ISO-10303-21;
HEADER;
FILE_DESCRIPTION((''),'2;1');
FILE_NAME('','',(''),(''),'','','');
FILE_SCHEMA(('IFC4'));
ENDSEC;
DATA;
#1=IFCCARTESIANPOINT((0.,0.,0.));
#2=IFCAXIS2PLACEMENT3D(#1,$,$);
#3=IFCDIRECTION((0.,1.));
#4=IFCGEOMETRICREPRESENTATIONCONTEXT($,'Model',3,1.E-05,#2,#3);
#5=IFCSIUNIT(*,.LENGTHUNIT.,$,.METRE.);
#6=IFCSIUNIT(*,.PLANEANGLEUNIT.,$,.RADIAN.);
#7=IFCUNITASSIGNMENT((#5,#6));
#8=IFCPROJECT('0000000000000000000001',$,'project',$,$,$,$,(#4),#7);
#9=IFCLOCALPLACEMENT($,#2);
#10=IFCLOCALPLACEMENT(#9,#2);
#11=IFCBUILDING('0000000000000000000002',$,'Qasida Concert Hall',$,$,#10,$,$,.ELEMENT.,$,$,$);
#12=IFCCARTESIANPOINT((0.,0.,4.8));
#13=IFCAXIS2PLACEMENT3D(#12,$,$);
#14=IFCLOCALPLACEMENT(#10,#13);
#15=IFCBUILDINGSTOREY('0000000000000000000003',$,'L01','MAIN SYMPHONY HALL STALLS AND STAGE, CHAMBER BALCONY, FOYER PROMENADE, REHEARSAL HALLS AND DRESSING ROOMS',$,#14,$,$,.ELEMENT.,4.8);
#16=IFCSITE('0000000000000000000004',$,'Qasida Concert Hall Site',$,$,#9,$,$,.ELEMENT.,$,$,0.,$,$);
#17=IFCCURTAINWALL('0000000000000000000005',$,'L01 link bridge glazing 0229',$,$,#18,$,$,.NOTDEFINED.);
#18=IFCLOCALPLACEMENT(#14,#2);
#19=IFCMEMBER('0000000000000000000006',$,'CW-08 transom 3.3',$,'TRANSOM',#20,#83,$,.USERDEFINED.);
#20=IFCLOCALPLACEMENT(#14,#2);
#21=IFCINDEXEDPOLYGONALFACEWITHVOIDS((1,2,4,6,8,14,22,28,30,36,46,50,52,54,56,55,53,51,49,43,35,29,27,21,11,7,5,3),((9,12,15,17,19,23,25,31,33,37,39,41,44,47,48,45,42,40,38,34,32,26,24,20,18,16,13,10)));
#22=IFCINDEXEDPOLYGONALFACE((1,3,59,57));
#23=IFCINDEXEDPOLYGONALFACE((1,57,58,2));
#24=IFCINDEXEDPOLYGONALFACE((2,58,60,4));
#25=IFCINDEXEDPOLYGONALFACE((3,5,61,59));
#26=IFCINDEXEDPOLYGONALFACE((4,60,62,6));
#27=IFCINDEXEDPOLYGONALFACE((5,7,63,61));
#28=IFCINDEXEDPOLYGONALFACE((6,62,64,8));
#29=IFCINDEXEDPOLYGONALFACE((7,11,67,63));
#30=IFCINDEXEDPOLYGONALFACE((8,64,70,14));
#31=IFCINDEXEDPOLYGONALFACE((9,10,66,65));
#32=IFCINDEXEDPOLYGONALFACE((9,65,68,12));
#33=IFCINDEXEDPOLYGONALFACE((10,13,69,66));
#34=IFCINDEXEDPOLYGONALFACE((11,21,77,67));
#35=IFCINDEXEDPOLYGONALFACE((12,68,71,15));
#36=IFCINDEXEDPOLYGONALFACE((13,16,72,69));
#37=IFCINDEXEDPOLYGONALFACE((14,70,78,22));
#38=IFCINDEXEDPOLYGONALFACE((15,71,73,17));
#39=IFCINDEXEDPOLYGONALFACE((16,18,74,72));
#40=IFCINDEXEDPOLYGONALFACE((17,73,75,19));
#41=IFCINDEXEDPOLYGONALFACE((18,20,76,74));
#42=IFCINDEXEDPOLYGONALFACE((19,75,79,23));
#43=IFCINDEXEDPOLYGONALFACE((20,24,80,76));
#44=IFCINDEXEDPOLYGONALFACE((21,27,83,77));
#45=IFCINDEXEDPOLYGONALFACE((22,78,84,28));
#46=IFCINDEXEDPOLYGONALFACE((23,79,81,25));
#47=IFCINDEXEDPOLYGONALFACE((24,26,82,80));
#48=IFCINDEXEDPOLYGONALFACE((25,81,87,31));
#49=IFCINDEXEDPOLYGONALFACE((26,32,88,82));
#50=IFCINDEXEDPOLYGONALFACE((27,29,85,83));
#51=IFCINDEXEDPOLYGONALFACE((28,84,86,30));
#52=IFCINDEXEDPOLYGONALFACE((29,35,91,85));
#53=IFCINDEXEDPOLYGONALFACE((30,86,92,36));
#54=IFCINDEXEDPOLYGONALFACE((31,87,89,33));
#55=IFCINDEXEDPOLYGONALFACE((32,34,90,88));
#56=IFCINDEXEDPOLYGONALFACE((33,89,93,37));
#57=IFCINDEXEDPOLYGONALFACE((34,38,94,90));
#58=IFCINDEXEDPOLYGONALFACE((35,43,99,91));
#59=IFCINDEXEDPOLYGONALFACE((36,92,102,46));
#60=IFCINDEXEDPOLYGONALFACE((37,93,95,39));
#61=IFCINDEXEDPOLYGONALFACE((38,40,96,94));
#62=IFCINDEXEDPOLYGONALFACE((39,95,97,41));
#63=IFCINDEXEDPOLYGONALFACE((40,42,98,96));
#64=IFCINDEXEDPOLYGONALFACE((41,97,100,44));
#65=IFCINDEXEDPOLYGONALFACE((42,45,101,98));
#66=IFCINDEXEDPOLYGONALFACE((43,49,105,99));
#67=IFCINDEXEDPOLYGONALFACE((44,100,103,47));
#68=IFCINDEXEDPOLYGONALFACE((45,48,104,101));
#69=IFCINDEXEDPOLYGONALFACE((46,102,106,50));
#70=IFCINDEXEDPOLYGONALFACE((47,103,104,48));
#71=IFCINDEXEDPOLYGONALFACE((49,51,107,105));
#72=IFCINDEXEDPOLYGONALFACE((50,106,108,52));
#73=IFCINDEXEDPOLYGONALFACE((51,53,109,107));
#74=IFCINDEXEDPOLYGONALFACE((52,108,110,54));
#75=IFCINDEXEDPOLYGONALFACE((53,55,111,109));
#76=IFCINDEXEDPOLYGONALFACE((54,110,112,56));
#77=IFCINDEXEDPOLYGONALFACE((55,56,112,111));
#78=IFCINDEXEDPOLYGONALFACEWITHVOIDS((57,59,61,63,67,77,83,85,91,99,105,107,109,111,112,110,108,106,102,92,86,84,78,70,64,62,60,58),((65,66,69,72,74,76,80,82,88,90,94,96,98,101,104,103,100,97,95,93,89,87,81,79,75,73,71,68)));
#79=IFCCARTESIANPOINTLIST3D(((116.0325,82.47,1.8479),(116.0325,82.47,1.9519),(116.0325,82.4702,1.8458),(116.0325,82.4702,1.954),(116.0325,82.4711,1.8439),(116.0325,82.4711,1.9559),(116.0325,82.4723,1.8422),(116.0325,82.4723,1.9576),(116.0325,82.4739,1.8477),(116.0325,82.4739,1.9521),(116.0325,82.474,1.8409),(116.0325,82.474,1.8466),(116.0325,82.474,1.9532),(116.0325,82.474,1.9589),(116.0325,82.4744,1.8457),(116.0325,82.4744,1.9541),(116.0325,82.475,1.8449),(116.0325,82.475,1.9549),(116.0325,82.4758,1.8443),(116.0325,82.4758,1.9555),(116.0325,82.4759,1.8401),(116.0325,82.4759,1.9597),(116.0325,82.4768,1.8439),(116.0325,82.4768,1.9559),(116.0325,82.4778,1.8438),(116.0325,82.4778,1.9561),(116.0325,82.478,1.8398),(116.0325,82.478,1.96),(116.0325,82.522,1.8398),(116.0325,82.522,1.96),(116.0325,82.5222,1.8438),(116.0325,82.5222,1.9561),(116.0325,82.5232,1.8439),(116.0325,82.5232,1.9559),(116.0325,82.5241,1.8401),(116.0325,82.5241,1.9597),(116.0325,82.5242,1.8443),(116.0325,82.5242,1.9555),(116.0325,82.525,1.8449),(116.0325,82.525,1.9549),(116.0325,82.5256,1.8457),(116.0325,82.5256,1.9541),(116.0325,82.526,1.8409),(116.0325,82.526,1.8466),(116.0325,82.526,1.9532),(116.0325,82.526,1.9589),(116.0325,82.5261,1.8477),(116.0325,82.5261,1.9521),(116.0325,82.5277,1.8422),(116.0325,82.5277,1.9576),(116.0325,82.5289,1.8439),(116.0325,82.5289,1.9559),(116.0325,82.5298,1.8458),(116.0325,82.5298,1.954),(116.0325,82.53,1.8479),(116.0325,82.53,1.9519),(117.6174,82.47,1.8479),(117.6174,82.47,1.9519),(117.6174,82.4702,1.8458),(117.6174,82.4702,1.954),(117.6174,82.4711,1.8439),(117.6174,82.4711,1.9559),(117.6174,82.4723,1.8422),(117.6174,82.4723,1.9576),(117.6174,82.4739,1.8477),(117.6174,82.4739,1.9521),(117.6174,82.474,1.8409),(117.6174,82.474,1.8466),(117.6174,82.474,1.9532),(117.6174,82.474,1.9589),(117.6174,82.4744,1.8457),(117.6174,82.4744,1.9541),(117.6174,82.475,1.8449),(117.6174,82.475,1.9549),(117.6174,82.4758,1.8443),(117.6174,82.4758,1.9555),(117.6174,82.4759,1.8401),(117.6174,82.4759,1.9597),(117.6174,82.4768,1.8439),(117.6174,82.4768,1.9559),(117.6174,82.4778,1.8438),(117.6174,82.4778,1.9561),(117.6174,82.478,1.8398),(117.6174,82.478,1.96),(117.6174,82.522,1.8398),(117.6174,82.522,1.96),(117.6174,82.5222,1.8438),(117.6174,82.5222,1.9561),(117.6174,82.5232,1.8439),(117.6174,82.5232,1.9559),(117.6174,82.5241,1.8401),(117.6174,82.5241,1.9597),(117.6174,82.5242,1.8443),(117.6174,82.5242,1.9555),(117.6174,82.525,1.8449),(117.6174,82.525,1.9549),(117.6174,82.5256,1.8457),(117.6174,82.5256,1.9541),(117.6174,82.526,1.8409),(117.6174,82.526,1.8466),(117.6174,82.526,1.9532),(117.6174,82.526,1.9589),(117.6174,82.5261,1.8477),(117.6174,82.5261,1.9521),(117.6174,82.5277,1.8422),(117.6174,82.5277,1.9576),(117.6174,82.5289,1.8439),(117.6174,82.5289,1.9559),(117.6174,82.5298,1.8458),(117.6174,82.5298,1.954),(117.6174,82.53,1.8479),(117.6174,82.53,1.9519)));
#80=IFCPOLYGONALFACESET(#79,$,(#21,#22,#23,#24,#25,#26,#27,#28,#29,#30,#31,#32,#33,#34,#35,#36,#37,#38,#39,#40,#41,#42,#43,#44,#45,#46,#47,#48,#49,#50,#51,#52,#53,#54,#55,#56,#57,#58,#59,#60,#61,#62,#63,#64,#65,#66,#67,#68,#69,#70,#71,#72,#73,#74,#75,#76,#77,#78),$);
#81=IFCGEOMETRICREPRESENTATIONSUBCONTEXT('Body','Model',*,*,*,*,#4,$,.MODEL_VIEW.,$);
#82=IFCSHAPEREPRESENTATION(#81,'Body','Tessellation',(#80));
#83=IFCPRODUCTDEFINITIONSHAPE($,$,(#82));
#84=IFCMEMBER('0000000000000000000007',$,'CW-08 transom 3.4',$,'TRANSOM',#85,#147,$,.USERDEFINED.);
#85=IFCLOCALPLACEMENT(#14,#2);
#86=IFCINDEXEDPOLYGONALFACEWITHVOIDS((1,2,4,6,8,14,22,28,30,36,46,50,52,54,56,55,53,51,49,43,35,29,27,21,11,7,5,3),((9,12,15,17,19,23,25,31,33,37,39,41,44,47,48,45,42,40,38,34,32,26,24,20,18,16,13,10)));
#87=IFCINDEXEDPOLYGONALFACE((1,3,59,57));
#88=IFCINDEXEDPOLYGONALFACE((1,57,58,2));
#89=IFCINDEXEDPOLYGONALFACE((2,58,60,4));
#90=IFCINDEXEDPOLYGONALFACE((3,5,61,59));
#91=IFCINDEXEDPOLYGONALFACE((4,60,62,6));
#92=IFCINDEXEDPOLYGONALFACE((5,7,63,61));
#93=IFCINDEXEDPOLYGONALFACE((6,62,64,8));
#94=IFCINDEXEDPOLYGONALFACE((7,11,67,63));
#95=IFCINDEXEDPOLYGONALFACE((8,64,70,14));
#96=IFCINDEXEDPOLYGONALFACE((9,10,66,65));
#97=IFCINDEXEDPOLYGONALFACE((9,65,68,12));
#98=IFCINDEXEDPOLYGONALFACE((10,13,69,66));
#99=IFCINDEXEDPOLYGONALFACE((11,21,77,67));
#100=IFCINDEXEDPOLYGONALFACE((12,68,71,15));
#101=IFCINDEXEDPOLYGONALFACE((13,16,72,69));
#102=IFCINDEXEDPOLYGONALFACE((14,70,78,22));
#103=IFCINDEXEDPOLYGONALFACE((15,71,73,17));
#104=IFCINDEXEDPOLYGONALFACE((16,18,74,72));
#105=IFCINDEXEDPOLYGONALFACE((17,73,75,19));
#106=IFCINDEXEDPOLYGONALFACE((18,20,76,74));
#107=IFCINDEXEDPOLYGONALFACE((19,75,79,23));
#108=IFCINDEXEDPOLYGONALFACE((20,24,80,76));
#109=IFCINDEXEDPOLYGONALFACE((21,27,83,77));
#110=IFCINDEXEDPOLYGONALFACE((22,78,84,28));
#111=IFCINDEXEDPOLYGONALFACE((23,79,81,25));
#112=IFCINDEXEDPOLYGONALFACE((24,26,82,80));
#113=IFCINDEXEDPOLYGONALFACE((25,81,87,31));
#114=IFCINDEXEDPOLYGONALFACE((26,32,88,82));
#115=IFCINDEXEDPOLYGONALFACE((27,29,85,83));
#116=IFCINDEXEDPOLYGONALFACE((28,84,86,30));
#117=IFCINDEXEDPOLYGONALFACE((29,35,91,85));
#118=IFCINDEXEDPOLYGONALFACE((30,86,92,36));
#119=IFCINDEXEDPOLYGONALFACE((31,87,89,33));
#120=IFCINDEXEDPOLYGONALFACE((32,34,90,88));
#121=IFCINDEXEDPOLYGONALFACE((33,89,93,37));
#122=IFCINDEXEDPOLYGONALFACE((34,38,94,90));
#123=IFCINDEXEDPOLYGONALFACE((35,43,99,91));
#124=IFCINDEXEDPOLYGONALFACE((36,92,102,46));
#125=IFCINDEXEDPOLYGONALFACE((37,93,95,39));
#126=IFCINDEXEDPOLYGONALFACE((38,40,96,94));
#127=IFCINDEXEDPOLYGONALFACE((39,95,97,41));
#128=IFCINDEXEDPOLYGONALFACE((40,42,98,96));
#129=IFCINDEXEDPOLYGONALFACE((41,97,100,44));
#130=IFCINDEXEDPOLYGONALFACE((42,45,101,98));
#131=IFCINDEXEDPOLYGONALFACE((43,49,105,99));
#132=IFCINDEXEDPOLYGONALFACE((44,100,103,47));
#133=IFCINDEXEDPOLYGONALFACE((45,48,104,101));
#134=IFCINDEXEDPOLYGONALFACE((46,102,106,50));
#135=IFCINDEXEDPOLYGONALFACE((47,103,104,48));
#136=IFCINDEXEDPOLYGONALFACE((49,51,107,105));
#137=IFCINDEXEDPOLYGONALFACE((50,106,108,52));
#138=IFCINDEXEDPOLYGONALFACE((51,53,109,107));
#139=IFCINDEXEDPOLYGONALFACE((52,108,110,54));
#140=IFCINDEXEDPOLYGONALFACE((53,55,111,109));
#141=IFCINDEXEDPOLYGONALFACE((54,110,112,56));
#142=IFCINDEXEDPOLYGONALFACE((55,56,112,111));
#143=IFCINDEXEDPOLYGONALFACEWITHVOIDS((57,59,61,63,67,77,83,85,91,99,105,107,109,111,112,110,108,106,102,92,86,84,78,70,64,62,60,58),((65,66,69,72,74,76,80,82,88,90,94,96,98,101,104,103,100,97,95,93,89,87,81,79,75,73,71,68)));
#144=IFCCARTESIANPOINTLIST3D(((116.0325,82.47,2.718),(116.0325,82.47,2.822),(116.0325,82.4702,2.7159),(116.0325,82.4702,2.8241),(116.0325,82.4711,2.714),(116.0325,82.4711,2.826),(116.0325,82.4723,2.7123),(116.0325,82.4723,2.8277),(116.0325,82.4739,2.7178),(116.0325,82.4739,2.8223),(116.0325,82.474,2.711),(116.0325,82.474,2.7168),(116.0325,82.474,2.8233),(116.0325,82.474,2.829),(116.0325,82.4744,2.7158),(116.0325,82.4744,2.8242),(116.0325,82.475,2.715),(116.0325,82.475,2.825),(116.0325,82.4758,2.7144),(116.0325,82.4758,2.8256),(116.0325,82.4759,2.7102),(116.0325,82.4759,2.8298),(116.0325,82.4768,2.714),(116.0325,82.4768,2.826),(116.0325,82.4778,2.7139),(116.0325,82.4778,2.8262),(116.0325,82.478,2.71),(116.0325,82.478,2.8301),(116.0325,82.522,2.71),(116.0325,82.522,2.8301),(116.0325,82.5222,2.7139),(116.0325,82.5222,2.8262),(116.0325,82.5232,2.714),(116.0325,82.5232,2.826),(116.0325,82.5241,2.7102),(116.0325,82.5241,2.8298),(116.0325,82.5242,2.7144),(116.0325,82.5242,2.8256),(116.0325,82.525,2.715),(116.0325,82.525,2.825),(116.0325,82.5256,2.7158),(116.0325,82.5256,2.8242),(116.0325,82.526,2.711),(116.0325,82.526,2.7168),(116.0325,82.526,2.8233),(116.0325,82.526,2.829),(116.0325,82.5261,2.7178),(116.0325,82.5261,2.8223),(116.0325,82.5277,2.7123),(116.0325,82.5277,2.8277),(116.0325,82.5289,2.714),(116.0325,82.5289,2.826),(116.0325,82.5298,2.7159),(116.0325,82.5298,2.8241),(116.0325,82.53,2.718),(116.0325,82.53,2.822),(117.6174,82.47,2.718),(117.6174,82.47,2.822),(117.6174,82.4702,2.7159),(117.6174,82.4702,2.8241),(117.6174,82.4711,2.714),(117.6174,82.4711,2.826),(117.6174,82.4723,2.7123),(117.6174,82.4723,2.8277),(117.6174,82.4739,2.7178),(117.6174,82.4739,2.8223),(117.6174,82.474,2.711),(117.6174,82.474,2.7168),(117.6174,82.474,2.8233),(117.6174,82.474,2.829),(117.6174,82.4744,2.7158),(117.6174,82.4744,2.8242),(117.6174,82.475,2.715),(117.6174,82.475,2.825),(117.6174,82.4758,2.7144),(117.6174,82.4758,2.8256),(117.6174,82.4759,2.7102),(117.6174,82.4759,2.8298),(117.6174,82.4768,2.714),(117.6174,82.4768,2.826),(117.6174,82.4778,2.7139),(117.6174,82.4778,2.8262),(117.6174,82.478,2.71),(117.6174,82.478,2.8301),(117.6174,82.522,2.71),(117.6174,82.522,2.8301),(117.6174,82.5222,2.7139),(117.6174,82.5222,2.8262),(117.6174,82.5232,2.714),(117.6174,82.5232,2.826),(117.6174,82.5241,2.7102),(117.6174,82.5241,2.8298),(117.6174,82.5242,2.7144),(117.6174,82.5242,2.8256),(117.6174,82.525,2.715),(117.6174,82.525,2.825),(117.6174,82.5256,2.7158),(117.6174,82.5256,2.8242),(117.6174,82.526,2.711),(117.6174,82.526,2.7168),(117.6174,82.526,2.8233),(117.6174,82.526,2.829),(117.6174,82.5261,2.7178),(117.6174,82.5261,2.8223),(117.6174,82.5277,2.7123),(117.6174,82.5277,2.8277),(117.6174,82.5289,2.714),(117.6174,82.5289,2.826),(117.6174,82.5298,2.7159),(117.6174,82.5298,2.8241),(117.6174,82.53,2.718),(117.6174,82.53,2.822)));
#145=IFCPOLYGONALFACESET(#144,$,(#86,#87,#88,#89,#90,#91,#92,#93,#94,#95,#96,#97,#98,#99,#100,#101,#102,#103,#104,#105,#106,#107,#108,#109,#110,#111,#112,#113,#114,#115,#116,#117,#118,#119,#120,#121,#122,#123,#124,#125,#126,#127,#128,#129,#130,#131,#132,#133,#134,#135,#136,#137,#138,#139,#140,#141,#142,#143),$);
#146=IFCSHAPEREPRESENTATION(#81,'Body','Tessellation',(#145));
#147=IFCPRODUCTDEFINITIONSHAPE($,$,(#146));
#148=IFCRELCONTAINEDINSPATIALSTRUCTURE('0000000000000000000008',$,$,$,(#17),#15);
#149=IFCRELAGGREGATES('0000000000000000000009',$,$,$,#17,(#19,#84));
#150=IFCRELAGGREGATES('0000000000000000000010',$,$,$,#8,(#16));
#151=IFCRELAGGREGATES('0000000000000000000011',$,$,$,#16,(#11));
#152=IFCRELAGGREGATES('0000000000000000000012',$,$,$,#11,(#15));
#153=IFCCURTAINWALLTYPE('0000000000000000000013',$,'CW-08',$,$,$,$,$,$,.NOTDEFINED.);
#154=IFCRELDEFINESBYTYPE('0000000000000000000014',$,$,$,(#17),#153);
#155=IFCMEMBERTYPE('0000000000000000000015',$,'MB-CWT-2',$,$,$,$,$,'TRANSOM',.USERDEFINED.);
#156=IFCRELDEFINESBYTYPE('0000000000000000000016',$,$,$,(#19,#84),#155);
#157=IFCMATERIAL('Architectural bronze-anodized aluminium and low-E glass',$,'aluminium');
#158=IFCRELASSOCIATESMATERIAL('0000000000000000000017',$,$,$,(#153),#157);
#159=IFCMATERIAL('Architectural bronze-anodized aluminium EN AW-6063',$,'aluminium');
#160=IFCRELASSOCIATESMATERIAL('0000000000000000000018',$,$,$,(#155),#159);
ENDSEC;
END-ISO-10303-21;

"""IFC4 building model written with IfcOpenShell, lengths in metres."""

from ifc_helpers import new_model, si_unit, direction, frame, origin, origin_2d, place, context, subcontext, project, spatial, hollow_rectangle, extrude, material, material_profile, profile_set, type_object, element, aggregate, save


model = new_model("IFC4")

# Units and contexts
model_context = context("Model", 3, precision=1e-05, world=origin(), true_north=direction((0.0, 1.0)))
body_context = subcontext(model_context, "Body", "Model", "MODEL_VIEW")
ifc_project = project(units=[si_unit("LENGTHUNIT", "METRE"), si_unit("PLANEANGLEUNIT", "RADIAN")], contexts=[model_context])

# Site, building, storey
site_placement = place(None, origin())
site = spatial("IfcSite", under=ifc_project, at=site_placement, Name="Qasida Concert Hall Site", CompositionType="ELEMENT", RefElevation=0.0)
building_placement = place(site_placement, origin())
building = spatial("IfcBuilding", under=site, at=building_placement, Name="Qasida Concert Hall", CompositionType="ELEMENT")
storey_placement = place(building_placement, frame((0.0, 0.0, 4.8)))
storey = spatial("IfcBuildingStorey", under=building, at=storey_placement, Name="L01", Description="MAIN SYMPHONY HALL STALLS AND STAGE, CHAMBER BALCONY, FOYER PROMENADE, REHEARSAL HALLS AND DRESSING ROOMS", CompositionType="ELEMENT", Elevation=4.8)

# Curtain wall
ifc_material_1 = material(Name="Architectural bronze-anodized aluminium and low-E glass", Category="aluminium")
curtain_wall_type_1 = type_object("IfcCurtainWallType", Name="CW-08", PredefinedType="NOTDEFINED", material=ifc_material_1)
curtain_wall_1_placement = place(storey_placement, origin())
curtain_wall_1 = element("IfcCurtainWall", 1, at=curtain_wall_1_placement, inside=storey, type_object=curtain_wall_type_1, Name="L01 link bridge glazing 0229", PredefinedType="NOTDEFINED")
ifc_material_2 = material(Name="Architectural bronze-anodized aluminium EN AW-6063", Category="aluminium")

# Members
ifc_material_profile_1 = material_profile(ifc_material_2, hollow_rectangle(XDim=0.0601, YDim=0.1201, WallThickness=0.0039, InnerFilletRadius=0.0039, OuterFilletRadius=0.0081, at=origin_2d()), Name="CWT 120x60x4")
ifc_profile_set_1 = profile_set([ifc_material_profile_1], Name="Architectural bronze-anodized aluminium EN AW-6063")
member_type_1 = type_object("IfcMemberType", Name="MB-CWT-2", ElementType="TRANSOM", PredefinedType="USERDEFINED", material=ifc_profile_set_1)
member_1_placement = place(storey_placement, frame((116.0325, 82.5, 1.8999), z_axis=(1.0, 0.0, 0.0), x_axis=(0.0, 1.0, 0.0)))
member_1 = element("IfcMember", 2, at=member_1_placement, type_object=member_type_1, Name="CW-08 transom 3.3", ObjectType="TRANSOM", PredefinedType="USERDEFINED", context=body_context, shape_type="SweptSolid", body=[
    extrude(hollow_rectangle(XDim=0.0601, YDim=0.1201, WallThickness=0.0039, InnerFilletRadius=0.0039, OuterFilletRadius=0.0081, at=origin_2d()), origin(), (0.0, 0.0, 1.0), 1.585),
])
member_2_placement = place(storey_placement, frame((116.0325, 82.5, 2.77), z_axis=(1.0, 0.0, 0.0), x_axis=(0.0, 1.0, 0.0)))
member_2 = element("IfcMember", 3, at=member_2_placement, type_object=member_type_1, Name="CW-08 transom 3.4", ObjectType="TRANSOM", PredefinedType="USERDEFINED", context=body_context, shape_type="SweptSolid", body=[
    extrude(hollow_rectangle(XDim=0.0601, YDim=0.1201, WallThickness=0.0039, InnerFilletRadius=0.0039, OuterFilletRadius=0.0081, at=origin_2d()), origin(), (0.0, 0.0, 1.0), 1.585),
])

aggregate(curtain_wall_1, [member_1, member_2])

save(model, "model.ifc")
